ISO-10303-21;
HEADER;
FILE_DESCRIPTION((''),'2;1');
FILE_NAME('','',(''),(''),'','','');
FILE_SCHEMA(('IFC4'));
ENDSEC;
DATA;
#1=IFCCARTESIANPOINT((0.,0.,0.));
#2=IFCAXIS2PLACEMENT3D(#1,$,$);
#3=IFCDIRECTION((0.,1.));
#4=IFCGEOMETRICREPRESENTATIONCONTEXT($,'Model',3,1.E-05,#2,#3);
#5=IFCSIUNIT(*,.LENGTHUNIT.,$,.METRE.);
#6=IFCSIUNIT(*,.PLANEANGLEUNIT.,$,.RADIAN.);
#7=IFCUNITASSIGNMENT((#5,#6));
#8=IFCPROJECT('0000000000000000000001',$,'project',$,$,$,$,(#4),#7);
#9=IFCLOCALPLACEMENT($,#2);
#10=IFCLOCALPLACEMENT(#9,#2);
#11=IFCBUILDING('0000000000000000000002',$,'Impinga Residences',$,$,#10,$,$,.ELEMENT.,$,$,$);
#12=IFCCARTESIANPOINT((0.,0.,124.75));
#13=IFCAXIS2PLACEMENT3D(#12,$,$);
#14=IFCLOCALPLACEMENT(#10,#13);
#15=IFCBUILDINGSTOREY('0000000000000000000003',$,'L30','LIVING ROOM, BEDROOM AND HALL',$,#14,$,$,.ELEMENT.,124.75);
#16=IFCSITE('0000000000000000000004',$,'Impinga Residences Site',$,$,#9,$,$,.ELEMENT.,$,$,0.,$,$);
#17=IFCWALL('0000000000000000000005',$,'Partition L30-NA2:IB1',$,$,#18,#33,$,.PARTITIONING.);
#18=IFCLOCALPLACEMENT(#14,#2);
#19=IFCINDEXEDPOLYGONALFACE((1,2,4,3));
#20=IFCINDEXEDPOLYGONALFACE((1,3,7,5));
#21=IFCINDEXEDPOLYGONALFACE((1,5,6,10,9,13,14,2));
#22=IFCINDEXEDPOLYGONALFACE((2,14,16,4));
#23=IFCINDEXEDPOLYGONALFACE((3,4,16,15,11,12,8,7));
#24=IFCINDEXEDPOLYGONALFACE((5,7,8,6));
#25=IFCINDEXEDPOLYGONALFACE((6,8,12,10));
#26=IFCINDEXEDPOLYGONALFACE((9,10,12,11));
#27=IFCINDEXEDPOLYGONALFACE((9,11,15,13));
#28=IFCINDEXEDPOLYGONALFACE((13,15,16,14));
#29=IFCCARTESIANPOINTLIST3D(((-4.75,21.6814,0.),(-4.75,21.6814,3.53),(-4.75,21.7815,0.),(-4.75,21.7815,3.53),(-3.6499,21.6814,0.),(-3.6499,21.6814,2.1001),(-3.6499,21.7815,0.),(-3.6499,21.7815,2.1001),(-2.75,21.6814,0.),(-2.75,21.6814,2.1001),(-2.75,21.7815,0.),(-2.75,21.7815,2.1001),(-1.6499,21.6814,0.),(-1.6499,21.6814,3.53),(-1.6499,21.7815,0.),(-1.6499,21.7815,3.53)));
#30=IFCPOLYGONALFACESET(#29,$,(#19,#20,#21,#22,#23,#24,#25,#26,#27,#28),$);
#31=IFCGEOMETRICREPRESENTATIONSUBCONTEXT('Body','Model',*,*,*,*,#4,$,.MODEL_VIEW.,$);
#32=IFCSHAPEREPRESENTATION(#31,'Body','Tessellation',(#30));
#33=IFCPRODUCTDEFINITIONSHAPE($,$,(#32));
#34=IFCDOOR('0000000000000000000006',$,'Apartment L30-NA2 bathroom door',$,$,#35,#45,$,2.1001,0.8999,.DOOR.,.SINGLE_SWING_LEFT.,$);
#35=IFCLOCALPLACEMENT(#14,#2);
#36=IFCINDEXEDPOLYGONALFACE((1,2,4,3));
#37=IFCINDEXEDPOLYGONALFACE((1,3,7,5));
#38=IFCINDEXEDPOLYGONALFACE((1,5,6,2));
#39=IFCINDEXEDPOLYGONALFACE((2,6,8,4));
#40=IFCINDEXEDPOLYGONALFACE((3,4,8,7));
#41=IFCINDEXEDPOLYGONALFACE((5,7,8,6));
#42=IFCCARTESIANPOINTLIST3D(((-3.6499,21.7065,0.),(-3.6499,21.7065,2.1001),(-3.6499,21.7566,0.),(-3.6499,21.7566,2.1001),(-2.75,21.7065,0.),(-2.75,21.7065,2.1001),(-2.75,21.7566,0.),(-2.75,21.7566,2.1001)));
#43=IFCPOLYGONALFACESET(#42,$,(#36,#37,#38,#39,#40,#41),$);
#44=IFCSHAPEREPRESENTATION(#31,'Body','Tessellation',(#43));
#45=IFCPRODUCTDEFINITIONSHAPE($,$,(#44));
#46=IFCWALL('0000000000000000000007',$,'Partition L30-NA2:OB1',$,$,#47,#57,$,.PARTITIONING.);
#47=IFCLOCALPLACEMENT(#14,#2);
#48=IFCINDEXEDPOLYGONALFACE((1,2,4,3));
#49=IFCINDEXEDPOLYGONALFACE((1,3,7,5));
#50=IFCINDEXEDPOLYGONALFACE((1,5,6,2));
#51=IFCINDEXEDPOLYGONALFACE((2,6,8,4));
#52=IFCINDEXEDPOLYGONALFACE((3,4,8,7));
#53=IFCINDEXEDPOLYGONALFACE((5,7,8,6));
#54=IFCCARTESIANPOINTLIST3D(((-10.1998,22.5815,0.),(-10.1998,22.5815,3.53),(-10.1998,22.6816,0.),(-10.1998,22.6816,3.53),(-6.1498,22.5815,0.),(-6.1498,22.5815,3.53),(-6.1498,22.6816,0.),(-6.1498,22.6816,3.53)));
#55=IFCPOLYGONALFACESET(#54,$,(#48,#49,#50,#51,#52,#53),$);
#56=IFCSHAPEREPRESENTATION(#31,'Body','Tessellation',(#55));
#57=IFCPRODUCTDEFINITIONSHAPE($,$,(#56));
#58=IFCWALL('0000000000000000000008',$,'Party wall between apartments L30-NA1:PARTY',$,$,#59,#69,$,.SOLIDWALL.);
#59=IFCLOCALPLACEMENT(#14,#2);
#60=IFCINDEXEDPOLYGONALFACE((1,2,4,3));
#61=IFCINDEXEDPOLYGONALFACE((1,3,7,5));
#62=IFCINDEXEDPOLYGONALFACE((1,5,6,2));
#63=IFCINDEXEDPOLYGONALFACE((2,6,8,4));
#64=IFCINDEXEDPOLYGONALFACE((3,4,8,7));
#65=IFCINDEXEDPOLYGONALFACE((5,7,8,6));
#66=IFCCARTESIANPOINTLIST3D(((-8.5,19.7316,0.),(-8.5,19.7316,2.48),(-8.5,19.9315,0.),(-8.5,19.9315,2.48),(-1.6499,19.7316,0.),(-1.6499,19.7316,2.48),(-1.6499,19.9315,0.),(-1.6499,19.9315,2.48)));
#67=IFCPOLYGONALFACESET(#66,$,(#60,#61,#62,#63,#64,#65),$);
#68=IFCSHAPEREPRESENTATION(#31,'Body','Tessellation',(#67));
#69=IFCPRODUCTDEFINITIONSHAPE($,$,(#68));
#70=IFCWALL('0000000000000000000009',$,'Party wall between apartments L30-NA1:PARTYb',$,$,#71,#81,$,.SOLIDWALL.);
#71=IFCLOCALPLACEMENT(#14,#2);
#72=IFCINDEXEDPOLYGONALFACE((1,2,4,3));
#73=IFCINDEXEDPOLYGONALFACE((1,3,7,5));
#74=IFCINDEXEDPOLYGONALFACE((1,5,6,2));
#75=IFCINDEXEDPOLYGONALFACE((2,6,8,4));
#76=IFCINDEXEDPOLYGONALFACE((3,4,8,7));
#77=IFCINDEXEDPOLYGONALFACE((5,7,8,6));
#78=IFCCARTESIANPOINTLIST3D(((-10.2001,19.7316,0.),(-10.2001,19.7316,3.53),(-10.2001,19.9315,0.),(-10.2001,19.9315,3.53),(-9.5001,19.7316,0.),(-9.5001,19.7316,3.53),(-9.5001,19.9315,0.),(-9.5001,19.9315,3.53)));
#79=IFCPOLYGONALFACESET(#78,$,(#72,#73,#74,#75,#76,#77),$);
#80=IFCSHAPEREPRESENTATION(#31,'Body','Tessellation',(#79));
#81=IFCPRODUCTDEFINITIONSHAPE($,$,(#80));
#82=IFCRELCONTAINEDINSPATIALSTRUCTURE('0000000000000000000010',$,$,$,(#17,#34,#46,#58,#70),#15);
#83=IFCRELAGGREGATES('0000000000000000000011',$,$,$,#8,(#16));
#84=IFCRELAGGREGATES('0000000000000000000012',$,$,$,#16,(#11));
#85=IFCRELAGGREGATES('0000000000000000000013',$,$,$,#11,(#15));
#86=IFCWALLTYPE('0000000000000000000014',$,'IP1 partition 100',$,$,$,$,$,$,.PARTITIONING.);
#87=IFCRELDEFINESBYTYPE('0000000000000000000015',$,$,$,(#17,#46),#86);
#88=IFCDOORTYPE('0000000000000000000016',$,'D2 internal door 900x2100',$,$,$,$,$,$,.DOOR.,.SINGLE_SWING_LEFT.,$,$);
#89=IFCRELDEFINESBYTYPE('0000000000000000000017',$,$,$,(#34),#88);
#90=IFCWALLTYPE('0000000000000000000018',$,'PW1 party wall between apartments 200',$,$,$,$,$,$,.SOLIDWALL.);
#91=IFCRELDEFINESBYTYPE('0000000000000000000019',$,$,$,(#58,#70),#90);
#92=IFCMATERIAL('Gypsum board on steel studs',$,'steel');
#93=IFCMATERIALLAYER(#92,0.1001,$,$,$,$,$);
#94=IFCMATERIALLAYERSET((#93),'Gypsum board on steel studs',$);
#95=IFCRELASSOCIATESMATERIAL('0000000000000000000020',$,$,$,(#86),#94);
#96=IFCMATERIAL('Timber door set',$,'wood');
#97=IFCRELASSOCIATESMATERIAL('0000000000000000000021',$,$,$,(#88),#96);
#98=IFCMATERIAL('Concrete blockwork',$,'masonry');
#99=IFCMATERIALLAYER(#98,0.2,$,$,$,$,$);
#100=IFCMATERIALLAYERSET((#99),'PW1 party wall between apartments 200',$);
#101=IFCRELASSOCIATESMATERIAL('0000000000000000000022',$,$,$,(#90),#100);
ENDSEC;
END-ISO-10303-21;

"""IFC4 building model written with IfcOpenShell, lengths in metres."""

from ifc_helpers import new_model, si_unit, direction, frame, frame_2d, origin, place, context, subcontext, project, spatial, rectangle, extrude, material, layer, layer_set, type_object, element, fill, save


model = new_model("IFC4")

# Units and contexts
model_context = context("Model", 3, precision=1e-05, world=origin(), true_north=direction((0.0, 1.0)))
body_context = subcontext(model_context, "Body", "Model", "MODEL_VIEW")
ifc_project = project(units=[si_unit("LENGTHUNIT", "METRE"), si_unit("PLANEANGLEUNIT", "RADIAN")], contexts=[model_context])

# Site, building, storey
site_placement = place(None, origin())
site = spatial("IfcSite", under=ifc_project, at=site_placement, Name="Impinga Residences Site", CompositionType="ELEMENT", RefElevation=0.0)
building_placement = place(site_placement, origin())
building = spatial("IfcBuilding", under=site, at=building_placement, Name="Impinga Residences", CompositionType="ELEMENT")
storey_placement = place(building_placement, frame((0.0, 0.0, 124.75)))
storey = spatial("IfcBuildingStorey", under=building, at=storey_placement, Name="L30", Description="LIVING ROOM, BEDROOM AND HALL", CompositionType="ELEMENT", Elevation=124.75)

# Shared definitions
ifc_material_1 = material(Name="Gypsum board on steel studs", Category="steel")
ifc_layer_1 = layer(ifc_material_1, 0.1001)
ifc_layer_set_1 = layer_set([ifc_layer_1], Name="Gypsum board on steel studs")
wall_type_1 = type_object("IfcWallType", Name="IP1 partition 100", PredefinedType="PARTITIONING", material=ifc_layer_set_1)

# Shared definitions
ifc_material_2 = material(Name="Timber door set", Category="wood")
door_type = type_object("IfcDoorType", Name="D2 internal door 900x2100", OperationType="SINGLE_SWING_LEFT", PredefinedType="DOOR", material=ifc_material_2)

# Wall, opening, door
wall_1_placement = place(storey_placement, frame((-1.6499, 21.7314, 0.0), z_axis=(0.0, 0.0, 1.0), x_axis=(-1.0, 0.0, 0.0)))
wall_1 = element("IfcWall", 1, at=wall_1_placement, inside=storey, type_object=wall_type_1, Name="Partition L30-NA2:IB1", PredefinedType="PARTITIONING", context=body_context, shape_type="SweptSolid", body=[
    extrude(rectangle(XDim=3.1001, YDim=0.1001, at=frame_2d((1.55, 0.0))), origin(), (0.0, 0.0, 1.0), 3.53),
])
opening_1_placement = place(wall_1_placement, frame((1.1001, 0.0, 0.0)))
opening_1 = element("IfcOpeningElement", 2, at=opening_1_placement, cuts=wall_1, PredefinedType="OPENING", context=body_context, shape_type="SweptSolid", body=[
    extrude(rectangle(XDim=0.8999, YDim=2.1001, at=frame_2d((0.45, 1.05))), frame((0.0, 0.0601, 0.0), z_axis=(0.0, -1.0, 0.0), x_axis=(1.0, 0.0, 0.0)), (0.0, 0.0, 1.0), 0.1201),
])
door_1_placement = place(opening_1_placement, origin())
door_1 = element("IfcDoor", 3, at=door_1_placement, inside=storey, type_object=door_type, Name="Apartment L30-NA2 bathroom door", OperationType="SINGLE_SWING_LEFT", OverallHeight=2.1001, OverallWidth=0.8999, PredefinedType="DOOR", context=body_context, shape_type="SweptSolid", body=[
    extrude(rectangle(XDim=0.8999, YDim=2.1001, at=frame_2d((0.45, 1.05))), frame((0.0, 0.0249, 0.0), z_axis=(0.0, -1.0, 0.0), x_axis=(1.0, 0.0, 0.0)), (0.0, 0.0, 1.0), 0.05),
])
fill(opening_1, door_1)

# Walls
wall_2_placement = place(storey_placement, frame((-6.1499, 22.6316, 0.0), z_axis=(0.0, 0.0, 1.0), x_axis=(-1.0, 0.0, 0.0)))
element("IfcWall", 4, at=wall_2_placement, inside=storey, type_object=wall_type_1, Name="Partition L30-NA2:OB1", PredefinedType="PARTITIONING", context=body_context, shape_type="SweptSolid", body=[
    extrude(rectangle(XDim=4.05, YDim=0.1001, at=frame_2d((2.0249, 0.0))), origin(), (0.0, 0.0, 1.0), 3.53),
])
ifc_material_3 = material(Name="Concrete blockwork", Category="masonry")
ifc_layer_2 = layer(ifc_material_3, 0.2)
ifc_layer_set_2 = layer_set([ifc_layer_2], Name="PW1 party wall between apartments 200")
wall_type_2 = type_object("IfcWallType", Name="PW1 party wall between apartments 200", PredefinedType="SOLIDWALL", material=ifc_layer_set_2)
wall_3_placement = place(storey_placement, frame((-1.6499, 19.8315, 0.0), z_axis=(0.0, 0.0, 1.0), x_axis=(-1.0, 0.0, 0.0)))
element("IfcWall", 5, at=wall_3_placement, inside=storey, type_object=wall_type_2, Name="Party wall between apartments L30-NA1:PARTY", PredefinedType="SOLIDWALL", context=body_context, shape_type="SweptSolid", body=[
    extrude(rectangle(XDim=6.8501, YDim=0.2, at=frame_2d((3.425, 0.0))), origin(), (0.0, 0.0, 1.0), 2.48),
])
wall_4_placement = place(storey_placement, frame((-9.5, 19.8315, 0.0), z_axis=(0.0, 0.0, 1.0), x_axis=(-1.0, 0.0, 0.0)))
element("IfcWall", 6, at=wall_4_placement, inside=storey, type_object=wall_type_2, Name="Party wall between apartments L30-NA1:PARTYb", PredefinedType="SOLIDWALL", context=body_context, shape_type="SweptSolid", body=[
    extrude(rectangle(XDim=0.7, YDim=0.2, at=frame_2d((0.3501, 0.0))), origin(), (0.0, 0.0, 1.0), 3.53),
])

save(model, "model.ifc")
